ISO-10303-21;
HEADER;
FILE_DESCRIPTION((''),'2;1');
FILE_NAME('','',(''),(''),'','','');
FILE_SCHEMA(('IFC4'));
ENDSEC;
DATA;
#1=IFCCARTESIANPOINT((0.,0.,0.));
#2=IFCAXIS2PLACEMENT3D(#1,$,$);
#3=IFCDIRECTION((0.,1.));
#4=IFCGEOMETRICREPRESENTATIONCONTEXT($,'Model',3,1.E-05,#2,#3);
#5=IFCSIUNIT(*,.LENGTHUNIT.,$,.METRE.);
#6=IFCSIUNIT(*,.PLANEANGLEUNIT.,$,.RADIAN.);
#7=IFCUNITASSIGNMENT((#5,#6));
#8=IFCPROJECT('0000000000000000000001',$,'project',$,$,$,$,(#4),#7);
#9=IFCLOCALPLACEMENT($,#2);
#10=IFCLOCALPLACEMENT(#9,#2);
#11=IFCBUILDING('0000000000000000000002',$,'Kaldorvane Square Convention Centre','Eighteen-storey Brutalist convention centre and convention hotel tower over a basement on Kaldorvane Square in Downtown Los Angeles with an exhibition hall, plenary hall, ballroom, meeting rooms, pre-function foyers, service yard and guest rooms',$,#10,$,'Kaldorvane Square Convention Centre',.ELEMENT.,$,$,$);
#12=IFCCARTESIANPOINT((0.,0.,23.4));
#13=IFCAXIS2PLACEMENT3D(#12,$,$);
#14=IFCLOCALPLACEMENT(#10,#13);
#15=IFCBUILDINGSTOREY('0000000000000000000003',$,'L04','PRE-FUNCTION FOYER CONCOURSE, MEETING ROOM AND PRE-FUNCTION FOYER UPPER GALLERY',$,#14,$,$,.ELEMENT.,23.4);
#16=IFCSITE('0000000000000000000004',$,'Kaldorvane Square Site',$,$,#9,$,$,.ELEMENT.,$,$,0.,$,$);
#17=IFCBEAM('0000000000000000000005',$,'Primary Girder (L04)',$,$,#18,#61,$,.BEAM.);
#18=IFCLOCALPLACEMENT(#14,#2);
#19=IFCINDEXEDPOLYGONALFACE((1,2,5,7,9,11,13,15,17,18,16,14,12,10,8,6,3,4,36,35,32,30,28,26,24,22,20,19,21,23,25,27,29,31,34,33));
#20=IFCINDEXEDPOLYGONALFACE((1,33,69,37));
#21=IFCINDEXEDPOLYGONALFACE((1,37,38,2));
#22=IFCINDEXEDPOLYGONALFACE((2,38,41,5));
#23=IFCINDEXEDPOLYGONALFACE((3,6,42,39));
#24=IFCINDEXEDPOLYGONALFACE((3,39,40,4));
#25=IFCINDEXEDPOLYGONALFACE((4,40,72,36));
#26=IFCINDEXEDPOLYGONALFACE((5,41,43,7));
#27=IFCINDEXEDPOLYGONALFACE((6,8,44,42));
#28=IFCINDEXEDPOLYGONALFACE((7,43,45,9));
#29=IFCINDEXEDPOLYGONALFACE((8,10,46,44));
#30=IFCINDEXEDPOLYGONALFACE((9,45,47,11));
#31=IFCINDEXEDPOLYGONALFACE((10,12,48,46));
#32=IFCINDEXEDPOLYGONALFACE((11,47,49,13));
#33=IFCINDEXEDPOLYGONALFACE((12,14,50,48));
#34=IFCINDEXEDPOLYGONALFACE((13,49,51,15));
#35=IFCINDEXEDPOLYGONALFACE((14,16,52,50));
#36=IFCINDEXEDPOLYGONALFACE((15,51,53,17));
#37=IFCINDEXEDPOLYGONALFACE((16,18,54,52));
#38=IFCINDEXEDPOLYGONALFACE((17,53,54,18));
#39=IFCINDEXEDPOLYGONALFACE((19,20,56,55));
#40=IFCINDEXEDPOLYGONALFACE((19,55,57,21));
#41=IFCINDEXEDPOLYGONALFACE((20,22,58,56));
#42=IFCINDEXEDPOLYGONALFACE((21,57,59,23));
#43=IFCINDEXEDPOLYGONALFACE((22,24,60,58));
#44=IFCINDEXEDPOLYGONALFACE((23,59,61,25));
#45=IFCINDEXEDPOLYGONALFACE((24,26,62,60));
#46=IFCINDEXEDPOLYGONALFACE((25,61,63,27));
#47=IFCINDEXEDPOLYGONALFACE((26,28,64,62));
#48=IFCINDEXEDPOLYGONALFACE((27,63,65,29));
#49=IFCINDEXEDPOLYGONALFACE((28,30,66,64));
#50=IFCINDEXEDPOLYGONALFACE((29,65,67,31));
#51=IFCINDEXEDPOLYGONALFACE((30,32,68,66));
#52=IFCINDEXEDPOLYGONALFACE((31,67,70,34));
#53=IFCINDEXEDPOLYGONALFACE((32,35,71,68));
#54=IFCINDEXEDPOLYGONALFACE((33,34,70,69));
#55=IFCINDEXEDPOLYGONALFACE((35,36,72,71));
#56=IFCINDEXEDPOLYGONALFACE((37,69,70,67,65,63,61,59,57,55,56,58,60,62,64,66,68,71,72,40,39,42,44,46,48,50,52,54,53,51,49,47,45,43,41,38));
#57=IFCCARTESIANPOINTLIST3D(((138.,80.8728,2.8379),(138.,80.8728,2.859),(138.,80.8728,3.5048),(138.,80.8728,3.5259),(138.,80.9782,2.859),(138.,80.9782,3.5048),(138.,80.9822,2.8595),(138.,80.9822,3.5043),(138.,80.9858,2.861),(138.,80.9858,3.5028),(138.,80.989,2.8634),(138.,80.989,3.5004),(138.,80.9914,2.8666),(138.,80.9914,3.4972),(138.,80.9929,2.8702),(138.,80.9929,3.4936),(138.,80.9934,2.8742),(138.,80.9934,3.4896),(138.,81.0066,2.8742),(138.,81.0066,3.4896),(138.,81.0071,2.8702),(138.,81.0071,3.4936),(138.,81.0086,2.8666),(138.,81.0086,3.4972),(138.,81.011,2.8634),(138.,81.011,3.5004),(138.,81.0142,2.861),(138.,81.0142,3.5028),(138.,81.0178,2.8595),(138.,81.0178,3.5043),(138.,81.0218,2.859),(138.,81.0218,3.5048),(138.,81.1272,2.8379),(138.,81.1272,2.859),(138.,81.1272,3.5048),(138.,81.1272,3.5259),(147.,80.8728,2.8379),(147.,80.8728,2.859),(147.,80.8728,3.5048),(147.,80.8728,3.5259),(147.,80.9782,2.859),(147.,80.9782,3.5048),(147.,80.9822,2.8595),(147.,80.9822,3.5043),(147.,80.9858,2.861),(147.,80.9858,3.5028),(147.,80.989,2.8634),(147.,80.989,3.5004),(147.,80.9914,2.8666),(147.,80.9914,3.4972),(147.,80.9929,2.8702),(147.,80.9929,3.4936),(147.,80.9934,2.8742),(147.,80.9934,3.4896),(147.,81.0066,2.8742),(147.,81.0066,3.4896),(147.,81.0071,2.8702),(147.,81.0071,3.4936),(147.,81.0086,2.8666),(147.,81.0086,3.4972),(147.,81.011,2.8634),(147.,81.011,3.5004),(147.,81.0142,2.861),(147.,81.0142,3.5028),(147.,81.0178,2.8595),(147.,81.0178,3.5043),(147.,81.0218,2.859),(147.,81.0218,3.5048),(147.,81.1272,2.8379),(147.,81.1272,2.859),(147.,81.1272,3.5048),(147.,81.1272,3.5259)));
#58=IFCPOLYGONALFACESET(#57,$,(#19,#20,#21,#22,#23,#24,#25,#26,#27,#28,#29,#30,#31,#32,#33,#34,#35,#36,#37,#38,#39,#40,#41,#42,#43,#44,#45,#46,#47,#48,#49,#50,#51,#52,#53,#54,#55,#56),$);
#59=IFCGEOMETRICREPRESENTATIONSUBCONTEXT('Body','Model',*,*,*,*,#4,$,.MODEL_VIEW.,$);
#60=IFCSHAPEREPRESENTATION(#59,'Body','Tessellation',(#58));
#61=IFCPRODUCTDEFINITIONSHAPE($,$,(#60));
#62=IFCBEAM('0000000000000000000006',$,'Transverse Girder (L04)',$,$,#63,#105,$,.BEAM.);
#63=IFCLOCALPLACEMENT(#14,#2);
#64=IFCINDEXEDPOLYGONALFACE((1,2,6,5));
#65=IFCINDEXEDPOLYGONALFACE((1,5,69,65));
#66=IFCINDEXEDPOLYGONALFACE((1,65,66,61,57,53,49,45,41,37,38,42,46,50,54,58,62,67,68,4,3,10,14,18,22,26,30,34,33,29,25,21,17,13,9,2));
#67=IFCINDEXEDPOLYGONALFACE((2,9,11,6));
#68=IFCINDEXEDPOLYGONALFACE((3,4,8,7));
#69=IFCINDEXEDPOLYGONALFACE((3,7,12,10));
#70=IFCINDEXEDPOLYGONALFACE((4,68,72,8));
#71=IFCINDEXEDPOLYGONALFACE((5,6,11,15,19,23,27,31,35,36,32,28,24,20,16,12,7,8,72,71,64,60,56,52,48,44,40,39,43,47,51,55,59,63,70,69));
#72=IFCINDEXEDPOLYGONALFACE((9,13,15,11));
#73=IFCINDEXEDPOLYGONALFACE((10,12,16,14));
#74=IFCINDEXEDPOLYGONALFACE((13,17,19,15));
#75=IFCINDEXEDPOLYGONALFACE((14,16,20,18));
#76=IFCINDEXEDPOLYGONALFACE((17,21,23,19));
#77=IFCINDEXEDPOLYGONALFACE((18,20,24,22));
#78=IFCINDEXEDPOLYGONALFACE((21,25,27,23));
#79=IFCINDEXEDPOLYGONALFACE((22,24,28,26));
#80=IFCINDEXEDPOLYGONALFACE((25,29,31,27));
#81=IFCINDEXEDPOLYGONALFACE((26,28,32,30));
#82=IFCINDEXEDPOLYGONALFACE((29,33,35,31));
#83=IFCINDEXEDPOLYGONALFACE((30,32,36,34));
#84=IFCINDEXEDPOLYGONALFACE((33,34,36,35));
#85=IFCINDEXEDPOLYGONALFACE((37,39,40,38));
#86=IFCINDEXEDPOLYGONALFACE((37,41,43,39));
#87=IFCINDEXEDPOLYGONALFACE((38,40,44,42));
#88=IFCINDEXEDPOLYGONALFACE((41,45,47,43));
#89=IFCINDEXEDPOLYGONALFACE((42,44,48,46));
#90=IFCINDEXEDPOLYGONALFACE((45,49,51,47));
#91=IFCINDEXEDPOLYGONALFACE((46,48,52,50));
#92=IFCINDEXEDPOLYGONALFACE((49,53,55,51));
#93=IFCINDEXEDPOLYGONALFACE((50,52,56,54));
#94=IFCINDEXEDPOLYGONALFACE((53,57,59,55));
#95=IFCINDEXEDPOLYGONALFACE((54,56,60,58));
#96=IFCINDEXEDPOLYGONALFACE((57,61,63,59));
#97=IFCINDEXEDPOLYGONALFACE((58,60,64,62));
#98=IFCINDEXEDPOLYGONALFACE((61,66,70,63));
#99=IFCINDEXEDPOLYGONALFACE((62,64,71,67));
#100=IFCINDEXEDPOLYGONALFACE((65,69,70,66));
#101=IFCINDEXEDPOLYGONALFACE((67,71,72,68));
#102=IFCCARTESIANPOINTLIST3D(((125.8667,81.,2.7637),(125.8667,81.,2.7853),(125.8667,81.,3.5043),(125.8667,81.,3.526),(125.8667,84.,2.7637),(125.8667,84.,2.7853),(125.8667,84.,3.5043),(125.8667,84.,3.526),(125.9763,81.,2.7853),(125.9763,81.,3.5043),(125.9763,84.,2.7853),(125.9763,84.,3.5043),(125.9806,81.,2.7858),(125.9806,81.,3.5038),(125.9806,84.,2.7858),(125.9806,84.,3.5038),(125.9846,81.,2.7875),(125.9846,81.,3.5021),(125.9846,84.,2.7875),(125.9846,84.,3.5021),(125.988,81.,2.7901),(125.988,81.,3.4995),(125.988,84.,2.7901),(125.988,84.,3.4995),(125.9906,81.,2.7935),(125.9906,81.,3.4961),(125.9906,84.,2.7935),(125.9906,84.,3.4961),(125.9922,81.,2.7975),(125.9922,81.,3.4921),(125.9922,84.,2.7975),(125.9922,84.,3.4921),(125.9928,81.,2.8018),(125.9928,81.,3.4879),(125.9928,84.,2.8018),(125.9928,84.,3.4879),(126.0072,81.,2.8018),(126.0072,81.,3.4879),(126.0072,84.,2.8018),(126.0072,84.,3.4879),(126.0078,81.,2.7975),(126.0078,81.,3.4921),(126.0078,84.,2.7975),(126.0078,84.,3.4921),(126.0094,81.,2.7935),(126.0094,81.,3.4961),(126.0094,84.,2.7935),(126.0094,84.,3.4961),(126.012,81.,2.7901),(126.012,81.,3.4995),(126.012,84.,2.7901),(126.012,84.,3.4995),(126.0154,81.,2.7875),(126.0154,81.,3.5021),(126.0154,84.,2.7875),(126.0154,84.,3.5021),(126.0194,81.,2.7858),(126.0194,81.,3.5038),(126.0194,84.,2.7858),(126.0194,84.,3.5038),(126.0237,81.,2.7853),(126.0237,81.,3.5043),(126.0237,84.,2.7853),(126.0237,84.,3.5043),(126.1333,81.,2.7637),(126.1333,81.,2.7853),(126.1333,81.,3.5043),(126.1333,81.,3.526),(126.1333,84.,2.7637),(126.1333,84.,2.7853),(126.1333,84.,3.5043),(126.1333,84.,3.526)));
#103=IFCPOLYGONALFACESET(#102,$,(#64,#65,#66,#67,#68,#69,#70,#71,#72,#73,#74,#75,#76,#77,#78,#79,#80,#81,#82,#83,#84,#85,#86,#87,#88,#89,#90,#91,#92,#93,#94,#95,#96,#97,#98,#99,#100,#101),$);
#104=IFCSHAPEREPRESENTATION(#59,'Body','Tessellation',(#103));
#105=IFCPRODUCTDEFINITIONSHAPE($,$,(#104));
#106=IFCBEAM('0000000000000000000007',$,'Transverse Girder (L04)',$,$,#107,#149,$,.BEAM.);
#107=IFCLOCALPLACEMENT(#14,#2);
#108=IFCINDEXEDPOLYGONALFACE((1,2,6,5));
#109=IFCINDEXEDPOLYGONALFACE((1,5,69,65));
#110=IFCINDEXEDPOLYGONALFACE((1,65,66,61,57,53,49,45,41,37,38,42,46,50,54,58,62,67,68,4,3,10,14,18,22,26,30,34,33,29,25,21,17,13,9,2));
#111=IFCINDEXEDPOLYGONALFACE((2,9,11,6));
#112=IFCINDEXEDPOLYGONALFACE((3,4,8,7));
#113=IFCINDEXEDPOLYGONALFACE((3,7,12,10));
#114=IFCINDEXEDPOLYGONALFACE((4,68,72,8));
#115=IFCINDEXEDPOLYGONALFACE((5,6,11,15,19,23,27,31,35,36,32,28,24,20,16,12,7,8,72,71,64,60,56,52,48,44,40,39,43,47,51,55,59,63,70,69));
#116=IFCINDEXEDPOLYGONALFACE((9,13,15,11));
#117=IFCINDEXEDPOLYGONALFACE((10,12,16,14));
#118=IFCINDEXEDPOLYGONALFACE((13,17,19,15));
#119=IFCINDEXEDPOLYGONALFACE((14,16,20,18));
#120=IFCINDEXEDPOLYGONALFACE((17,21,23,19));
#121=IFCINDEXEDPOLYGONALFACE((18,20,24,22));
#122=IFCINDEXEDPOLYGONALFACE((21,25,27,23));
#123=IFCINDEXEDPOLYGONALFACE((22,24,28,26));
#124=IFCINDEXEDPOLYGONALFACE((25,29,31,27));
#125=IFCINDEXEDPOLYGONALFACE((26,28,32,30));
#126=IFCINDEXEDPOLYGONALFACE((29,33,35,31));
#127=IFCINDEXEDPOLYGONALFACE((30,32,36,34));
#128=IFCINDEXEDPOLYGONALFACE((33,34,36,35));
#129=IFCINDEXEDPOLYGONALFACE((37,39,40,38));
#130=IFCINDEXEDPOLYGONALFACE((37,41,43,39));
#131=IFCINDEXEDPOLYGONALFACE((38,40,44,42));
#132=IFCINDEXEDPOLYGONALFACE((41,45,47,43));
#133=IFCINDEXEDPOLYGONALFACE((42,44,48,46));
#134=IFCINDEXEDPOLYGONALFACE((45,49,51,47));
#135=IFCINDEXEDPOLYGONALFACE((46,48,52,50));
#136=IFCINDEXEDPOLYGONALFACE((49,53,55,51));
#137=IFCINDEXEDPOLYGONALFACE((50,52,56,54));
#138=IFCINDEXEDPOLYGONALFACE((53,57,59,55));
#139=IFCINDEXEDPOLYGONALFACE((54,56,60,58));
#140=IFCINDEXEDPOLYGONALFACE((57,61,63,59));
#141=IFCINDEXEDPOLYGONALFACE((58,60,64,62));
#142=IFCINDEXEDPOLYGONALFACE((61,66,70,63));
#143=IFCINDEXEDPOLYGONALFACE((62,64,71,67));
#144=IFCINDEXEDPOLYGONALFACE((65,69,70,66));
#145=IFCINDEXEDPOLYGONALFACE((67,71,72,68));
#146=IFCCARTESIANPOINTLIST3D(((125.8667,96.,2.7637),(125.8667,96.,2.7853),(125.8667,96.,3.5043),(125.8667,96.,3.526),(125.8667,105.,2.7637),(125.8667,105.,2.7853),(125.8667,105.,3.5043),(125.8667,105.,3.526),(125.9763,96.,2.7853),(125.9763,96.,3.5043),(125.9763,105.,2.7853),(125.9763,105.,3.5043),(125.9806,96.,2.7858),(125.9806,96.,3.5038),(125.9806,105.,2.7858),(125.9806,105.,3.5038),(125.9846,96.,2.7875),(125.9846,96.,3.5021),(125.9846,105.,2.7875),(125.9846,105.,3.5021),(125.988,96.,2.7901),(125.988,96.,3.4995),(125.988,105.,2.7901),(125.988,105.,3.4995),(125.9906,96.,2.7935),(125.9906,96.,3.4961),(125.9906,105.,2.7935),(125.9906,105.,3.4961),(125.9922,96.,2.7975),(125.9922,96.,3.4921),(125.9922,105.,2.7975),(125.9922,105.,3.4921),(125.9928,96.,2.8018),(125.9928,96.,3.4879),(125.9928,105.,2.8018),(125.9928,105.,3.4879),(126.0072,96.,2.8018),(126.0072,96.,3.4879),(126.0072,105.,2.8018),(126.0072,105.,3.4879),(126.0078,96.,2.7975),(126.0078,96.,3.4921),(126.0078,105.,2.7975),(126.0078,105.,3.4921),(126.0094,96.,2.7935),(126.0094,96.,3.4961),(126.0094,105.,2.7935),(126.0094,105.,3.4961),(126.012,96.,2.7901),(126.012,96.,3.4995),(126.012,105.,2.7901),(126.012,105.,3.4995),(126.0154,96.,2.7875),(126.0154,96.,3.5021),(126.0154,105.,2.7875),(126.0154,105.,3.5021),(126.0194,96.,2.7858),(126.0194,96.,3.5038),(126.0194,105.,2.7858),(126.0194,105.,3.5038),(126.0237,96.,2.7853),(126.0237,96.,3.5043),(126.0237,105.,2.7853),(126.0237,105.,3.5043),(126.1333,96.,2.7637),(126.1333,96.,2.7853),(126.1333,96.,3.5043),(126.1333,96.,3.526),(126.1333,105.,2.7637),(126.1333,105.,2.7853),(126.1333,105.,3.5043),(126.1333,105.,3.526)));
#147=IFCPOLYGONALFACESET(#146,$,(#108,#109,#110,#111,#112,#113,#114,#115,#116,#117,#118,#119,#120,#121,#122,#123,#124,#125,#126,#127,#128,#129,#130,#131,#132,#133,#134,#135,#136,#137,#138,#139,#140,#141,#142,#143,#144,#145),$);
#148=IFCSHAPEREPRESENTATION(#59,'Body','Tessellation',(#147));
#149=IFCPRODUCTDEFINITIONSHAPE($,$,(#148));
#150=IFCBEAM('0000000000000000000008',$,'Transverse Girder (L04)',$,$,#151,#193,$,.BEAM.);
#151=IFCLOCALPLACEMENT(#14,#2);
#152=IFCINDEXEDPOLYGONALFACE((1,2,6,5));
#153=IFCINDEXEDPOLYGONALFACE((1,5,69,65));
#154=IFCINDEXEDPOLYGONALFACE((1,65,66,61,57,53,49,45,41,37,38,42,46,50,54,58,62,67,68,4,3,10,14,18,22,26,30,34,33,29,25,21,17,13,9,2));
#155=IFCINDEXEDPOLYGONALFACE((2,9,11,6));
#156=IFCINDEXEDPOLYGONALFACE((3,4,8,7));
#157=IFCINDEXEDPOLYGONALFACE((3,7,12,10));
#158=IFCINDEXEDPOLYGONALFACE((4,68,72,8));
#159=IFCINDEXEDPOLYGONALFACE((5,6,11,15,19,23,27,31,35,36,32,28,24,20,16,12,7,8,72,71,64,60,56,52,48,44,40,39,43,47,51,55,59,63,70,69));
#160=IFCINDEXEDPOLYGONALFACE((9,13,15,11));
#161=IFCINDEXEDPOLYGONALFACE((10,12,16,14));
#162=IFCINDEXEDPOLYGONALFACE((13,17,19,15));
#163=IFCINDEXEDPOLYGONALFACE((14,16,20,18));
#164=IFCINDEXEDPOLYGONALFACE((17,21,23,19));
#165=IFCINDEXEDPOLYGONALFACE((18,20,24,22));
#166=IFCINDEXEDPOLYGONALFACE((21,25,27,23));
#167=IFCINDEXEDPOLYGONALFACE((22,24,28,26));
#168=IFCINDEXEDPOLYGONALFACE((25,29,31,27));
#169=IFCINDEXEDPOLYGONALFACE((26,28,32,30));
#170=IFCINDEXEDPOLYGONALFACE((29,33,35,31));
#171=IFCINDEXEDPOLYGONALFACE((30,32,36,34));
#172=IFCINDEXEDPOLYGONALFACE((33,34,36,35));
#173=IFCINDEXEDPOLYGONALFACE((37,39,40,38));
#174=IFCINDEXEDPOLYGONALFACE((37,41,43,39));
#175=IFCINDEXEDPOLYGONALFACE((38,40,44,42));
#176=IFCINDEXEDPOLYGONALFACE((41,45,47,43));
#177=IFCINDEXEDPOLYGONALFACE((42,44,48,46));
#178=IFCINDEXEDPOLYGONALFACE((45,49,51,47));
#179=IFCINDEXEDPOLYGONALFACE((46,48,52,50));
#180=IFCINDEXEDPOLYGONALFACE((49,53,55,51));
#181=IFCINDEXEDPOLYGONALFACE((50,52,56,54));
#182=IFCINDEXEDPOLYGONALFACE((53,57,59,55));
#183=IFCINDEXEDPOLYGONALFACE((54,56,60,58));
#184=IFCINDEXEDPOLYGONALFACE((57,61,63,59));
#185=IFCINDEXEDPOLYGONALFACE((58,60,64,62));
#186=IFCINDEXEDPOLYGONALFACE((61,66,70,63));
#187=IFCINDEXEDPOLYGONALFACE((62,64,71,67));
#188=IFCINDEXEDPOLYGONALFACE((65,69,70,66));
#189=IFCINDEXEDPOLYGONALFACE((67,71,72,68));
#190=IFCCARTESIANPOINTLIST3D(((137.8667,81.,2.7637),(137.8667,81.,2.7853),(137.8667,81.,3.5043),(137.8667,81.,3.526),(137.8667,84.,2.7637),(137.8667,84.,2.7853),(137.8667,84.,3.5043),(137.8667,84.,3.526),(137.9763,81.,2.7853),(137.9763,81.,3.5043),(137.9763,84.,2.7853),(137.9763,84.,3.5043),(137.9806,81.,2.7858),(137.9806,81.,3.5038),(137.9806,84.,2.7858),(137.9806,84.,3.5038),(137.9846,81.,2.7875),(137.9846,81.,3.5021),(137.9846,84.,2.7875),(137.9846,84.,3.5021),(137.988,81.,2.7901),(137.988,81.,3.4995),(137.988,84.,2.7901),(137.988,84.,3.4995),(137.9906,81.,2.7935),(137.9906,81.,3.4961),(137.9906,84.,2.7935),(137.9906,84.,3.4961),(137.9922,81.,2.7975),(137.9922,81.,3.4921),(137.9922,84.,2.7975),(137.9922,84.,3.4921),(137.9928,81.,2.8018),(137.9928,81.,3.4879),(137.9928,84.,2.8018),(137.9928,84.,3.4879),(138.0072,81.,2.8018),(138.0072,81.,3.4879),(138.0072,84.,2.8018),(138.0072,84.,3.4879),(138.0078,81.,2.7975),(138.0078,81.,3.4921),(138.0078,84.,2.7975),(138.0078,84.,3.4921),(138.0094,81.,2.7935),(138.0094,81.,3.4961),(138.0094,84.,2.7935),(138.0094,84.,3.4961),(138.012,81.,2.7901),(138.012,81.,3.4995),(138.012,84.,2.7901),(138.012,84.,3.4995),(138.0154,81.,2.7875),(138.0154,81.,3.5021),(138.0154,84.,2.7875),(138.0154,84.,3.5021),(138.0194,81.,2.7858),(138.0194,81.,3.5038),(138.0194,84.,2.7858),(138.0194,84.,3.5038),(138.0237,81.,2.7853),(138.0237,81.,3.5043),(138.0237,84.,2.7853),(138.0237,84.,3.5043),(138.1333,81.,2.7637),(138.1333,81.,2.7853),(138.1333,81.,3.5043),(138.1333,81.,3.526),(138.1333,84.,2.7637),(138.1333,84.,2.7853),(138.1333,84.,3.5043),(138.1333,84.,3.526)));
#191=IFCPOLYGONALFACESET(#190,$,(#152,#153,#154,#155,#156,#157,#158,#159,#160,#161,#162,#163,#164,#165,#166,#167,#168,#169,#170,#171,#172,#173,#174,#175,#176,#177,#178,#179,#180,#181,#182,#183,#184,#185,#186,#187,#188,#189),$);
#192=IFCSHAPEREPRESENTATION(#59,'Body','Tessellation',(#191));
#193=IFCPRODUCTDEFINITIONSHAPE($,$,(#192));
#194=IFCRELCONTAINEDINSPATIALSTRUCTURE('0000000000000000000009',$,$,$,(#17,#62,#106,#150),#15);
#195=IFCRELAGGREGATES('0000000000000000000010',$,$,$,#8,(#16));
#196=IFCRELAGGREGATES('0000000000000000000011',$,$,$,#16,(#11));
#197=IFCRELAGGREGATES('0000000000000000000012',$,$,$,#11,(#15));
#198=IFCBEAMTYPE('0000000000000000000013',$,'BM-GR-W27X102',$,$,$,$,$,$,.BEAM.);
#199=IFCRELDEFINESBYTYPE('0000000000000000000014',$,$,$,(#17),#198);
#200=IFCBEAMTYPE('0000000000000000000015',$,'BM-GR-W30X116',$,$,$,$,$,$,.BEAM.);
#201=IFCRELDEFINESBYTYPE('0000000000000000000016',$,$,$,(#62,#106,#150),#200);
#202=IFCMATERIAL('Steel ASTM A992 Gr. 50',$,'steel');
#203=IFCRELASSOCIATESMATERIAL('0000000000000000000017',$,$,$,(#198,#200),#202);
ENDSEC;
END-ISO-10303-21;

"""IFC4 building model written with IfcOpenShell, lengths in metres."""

from ifc_helpers import new_model, si_unit, direction, frame, origin, origin_2d, place, context, subcontext, project, spatial, i_section, extrude, material, material_profile, profile_set, type_object, element, save


model = new_model("IFC4")

# Units and contexts
model_context = context("Model", 3, precision=1e-05, world=origin(), true_north=direction((0.0, 1.0)))
body_context = subcontext(model_context, "Body", "Model", "MODEL_VIEW")
ifc_project = project(units=[si_unit("LENGTHUNIT", "METRE"), si_unit("PLANEANGLEUNIT", "RADIAN")], contexts=[model_context])

# Site, building, storey
site_placement = place(None, origin())
site = spatial("IfcSite", under=ifc_project, at=site_placement, Name="Kaldorvane Square Site", CompositionType="ELEMENT", RefElevation=0.0)
building_placement = place(site_placement, origin())
building = spatial("IfcBuilding", under=site, at=building_placement, Name="Kaldorvane Square Convention Centre", Description="Eighteen-storey Brutalist convention centre and convention hotel tower over a basement on Kaldorvane Square in Downtown Los Angeles with an exhibition hall, plenary hall, ballroom, meeting rooms, pre-function foyers, service yard and guest rooms", LongName="Kaldorvane Square Convention Centre", CompositionType="ELEMENT")
storey_placement = place(building_placement, frame((0.0, 0.0, 23.4)))
storey = spatial("IfcBuildingStorey", under=building, at=storey_placement, Name="L04", Description="PRE-FUNCTION FOYER CONCOURSE, MEETING ROOM AND PRE-FUNCTION FOYER UPPER GALLERY", CompositionType="ELEMENT", Elevation=23.4)

# Shared definitions
ifc_material_1 = material(Name="Steel ASTM A992 Gr. 50", Category="steel")

# Beams
ifc_material_profile_1 = material_profile(ifc_material_1, i_section(OverallWidth=0.2544, OverallDepth=0.6881, WebThickness=0.0131, FlangeThickness=0.0211, FilletRadius=0.0152, at=origin_2d()), Name="W27X102")
ifc_profile_set_1 = profile_set([ifc_material_profile_1], Name="Steel ASTM A992 Gr. 50")
beam_type_1 = type_object("IfcBeamType", Name="BM-GR-W27X102", PredefinedType="BEAM", material=ifc_profile_set_1)
beam_1_placement = place(storey_placement, frame((138.0, 81.0, 3.1819), z_axis=(1.0, 0.0, 0.0), x_axis=(0.0, 1.0, 0.0)))
element("IfcBeam", 1, at=beam_1_placement, inside=storey, type_object=beam_type_1, Name="Primary Girder (L04)", PredefinedType="BEAM", context=body_context, shape_type="SweptSolid", body=[
    extrude(i_section(OverallWidth=0.2544, OverallDepth=0.6881, WebThickness=0.0131, FlangeThickness=0.0211, FilletRadius=0.0152, at=origin_2d()), origin(), (0.0, 0.0, 1.0), 9.0),
])
ifc_material_profile_2 = material_profile(ifc_material_1, i_section(OverallWidth=0.2666, OverallDepth=0.7623, WebThickness=0.0144, FlangeThickness=0.0216, FilletRadius=0.0165, at=origin_2d()), Name="W30X116")
ifc_profile_set_2 = profile_set([ifc_material_profile_2], Name="Steel ASTM A992 Gr. 50")
beam_type_2 = type_object("IfcBeamType", Name="BM-GR-W30X116", PredefinedType="BEAM", material=ifc_profile_set_2)
beam_2_placement = place(storey_placement, frame((126.0, 81.0, 3.1448), z_axis=(0.0, 1.0, 0.0), x_axis=(-1.0, 0.0, 0.0)))
element("IfcBeam", 2, at=beam_2_placement, inside=storey, type_object=beam_type_2, Name="Transverse Girder (L04)", PredefinedType="BEAM", context=body_context, shape_type="SweptSolid", body=[
    extrude(i_section(OverallWidth=0.2666, OverallDepth=0.7623, WebThickness=0.0144, FlangeThickness=0.0216, FilletRadius=0.0165, at=origin_2d()), origin(), (0.0, 0.0, 1.0), 3.0),
])
beam_3_placement = place(storey_placement, frame((126.0, 96.0, 3.1448), z_axis=(0.0, 1.0, 0.0), x_axis=(-1.0, 0.0, 0.0)))
element("IfcBeam", 3, at=beam_3_placement, inside=storey, type_object=beam_type_2, Name="Transverse Girder (L04)", PredefinedType="BEAM", context=body_context, shape_type="SweptSolid", body=[
    extrude(i_section(OverallWidth=0.2666, OverallDepth=0.7623, WebThickness=0.0144, FlangeThickness=0.0216, FilletRadius=0.0165, at=origin_2d()), origin(), (0.0, 0.0, 1.0), 9.0),
])
beam_4_placement = place(storey_placement, frame((138.0, 81.0, 3.1448), z_axis=(0.0, 1.0, 0.0), x_axis=(-1.0, 0.0, 0.0)))
element("IfcBeam", 4, at=beam_4_placement, inside=storey, type_object=beam_type_2, Name="Transverse Girder (L04)", PredefinedType="BEAM", context=body_context, shape_type="SweptSolid", body=[
    extrude(i_section(OverallWidth=0.2666, OverallDepth=0.7623, WebThickness=0.0144, FlangeThickness=0.0216, FilletRadius=0.0165, at=origin_2d()), origin(), (0.0, 0.0, 1.0), 3.0),
])

save(model, "model.ifc")
